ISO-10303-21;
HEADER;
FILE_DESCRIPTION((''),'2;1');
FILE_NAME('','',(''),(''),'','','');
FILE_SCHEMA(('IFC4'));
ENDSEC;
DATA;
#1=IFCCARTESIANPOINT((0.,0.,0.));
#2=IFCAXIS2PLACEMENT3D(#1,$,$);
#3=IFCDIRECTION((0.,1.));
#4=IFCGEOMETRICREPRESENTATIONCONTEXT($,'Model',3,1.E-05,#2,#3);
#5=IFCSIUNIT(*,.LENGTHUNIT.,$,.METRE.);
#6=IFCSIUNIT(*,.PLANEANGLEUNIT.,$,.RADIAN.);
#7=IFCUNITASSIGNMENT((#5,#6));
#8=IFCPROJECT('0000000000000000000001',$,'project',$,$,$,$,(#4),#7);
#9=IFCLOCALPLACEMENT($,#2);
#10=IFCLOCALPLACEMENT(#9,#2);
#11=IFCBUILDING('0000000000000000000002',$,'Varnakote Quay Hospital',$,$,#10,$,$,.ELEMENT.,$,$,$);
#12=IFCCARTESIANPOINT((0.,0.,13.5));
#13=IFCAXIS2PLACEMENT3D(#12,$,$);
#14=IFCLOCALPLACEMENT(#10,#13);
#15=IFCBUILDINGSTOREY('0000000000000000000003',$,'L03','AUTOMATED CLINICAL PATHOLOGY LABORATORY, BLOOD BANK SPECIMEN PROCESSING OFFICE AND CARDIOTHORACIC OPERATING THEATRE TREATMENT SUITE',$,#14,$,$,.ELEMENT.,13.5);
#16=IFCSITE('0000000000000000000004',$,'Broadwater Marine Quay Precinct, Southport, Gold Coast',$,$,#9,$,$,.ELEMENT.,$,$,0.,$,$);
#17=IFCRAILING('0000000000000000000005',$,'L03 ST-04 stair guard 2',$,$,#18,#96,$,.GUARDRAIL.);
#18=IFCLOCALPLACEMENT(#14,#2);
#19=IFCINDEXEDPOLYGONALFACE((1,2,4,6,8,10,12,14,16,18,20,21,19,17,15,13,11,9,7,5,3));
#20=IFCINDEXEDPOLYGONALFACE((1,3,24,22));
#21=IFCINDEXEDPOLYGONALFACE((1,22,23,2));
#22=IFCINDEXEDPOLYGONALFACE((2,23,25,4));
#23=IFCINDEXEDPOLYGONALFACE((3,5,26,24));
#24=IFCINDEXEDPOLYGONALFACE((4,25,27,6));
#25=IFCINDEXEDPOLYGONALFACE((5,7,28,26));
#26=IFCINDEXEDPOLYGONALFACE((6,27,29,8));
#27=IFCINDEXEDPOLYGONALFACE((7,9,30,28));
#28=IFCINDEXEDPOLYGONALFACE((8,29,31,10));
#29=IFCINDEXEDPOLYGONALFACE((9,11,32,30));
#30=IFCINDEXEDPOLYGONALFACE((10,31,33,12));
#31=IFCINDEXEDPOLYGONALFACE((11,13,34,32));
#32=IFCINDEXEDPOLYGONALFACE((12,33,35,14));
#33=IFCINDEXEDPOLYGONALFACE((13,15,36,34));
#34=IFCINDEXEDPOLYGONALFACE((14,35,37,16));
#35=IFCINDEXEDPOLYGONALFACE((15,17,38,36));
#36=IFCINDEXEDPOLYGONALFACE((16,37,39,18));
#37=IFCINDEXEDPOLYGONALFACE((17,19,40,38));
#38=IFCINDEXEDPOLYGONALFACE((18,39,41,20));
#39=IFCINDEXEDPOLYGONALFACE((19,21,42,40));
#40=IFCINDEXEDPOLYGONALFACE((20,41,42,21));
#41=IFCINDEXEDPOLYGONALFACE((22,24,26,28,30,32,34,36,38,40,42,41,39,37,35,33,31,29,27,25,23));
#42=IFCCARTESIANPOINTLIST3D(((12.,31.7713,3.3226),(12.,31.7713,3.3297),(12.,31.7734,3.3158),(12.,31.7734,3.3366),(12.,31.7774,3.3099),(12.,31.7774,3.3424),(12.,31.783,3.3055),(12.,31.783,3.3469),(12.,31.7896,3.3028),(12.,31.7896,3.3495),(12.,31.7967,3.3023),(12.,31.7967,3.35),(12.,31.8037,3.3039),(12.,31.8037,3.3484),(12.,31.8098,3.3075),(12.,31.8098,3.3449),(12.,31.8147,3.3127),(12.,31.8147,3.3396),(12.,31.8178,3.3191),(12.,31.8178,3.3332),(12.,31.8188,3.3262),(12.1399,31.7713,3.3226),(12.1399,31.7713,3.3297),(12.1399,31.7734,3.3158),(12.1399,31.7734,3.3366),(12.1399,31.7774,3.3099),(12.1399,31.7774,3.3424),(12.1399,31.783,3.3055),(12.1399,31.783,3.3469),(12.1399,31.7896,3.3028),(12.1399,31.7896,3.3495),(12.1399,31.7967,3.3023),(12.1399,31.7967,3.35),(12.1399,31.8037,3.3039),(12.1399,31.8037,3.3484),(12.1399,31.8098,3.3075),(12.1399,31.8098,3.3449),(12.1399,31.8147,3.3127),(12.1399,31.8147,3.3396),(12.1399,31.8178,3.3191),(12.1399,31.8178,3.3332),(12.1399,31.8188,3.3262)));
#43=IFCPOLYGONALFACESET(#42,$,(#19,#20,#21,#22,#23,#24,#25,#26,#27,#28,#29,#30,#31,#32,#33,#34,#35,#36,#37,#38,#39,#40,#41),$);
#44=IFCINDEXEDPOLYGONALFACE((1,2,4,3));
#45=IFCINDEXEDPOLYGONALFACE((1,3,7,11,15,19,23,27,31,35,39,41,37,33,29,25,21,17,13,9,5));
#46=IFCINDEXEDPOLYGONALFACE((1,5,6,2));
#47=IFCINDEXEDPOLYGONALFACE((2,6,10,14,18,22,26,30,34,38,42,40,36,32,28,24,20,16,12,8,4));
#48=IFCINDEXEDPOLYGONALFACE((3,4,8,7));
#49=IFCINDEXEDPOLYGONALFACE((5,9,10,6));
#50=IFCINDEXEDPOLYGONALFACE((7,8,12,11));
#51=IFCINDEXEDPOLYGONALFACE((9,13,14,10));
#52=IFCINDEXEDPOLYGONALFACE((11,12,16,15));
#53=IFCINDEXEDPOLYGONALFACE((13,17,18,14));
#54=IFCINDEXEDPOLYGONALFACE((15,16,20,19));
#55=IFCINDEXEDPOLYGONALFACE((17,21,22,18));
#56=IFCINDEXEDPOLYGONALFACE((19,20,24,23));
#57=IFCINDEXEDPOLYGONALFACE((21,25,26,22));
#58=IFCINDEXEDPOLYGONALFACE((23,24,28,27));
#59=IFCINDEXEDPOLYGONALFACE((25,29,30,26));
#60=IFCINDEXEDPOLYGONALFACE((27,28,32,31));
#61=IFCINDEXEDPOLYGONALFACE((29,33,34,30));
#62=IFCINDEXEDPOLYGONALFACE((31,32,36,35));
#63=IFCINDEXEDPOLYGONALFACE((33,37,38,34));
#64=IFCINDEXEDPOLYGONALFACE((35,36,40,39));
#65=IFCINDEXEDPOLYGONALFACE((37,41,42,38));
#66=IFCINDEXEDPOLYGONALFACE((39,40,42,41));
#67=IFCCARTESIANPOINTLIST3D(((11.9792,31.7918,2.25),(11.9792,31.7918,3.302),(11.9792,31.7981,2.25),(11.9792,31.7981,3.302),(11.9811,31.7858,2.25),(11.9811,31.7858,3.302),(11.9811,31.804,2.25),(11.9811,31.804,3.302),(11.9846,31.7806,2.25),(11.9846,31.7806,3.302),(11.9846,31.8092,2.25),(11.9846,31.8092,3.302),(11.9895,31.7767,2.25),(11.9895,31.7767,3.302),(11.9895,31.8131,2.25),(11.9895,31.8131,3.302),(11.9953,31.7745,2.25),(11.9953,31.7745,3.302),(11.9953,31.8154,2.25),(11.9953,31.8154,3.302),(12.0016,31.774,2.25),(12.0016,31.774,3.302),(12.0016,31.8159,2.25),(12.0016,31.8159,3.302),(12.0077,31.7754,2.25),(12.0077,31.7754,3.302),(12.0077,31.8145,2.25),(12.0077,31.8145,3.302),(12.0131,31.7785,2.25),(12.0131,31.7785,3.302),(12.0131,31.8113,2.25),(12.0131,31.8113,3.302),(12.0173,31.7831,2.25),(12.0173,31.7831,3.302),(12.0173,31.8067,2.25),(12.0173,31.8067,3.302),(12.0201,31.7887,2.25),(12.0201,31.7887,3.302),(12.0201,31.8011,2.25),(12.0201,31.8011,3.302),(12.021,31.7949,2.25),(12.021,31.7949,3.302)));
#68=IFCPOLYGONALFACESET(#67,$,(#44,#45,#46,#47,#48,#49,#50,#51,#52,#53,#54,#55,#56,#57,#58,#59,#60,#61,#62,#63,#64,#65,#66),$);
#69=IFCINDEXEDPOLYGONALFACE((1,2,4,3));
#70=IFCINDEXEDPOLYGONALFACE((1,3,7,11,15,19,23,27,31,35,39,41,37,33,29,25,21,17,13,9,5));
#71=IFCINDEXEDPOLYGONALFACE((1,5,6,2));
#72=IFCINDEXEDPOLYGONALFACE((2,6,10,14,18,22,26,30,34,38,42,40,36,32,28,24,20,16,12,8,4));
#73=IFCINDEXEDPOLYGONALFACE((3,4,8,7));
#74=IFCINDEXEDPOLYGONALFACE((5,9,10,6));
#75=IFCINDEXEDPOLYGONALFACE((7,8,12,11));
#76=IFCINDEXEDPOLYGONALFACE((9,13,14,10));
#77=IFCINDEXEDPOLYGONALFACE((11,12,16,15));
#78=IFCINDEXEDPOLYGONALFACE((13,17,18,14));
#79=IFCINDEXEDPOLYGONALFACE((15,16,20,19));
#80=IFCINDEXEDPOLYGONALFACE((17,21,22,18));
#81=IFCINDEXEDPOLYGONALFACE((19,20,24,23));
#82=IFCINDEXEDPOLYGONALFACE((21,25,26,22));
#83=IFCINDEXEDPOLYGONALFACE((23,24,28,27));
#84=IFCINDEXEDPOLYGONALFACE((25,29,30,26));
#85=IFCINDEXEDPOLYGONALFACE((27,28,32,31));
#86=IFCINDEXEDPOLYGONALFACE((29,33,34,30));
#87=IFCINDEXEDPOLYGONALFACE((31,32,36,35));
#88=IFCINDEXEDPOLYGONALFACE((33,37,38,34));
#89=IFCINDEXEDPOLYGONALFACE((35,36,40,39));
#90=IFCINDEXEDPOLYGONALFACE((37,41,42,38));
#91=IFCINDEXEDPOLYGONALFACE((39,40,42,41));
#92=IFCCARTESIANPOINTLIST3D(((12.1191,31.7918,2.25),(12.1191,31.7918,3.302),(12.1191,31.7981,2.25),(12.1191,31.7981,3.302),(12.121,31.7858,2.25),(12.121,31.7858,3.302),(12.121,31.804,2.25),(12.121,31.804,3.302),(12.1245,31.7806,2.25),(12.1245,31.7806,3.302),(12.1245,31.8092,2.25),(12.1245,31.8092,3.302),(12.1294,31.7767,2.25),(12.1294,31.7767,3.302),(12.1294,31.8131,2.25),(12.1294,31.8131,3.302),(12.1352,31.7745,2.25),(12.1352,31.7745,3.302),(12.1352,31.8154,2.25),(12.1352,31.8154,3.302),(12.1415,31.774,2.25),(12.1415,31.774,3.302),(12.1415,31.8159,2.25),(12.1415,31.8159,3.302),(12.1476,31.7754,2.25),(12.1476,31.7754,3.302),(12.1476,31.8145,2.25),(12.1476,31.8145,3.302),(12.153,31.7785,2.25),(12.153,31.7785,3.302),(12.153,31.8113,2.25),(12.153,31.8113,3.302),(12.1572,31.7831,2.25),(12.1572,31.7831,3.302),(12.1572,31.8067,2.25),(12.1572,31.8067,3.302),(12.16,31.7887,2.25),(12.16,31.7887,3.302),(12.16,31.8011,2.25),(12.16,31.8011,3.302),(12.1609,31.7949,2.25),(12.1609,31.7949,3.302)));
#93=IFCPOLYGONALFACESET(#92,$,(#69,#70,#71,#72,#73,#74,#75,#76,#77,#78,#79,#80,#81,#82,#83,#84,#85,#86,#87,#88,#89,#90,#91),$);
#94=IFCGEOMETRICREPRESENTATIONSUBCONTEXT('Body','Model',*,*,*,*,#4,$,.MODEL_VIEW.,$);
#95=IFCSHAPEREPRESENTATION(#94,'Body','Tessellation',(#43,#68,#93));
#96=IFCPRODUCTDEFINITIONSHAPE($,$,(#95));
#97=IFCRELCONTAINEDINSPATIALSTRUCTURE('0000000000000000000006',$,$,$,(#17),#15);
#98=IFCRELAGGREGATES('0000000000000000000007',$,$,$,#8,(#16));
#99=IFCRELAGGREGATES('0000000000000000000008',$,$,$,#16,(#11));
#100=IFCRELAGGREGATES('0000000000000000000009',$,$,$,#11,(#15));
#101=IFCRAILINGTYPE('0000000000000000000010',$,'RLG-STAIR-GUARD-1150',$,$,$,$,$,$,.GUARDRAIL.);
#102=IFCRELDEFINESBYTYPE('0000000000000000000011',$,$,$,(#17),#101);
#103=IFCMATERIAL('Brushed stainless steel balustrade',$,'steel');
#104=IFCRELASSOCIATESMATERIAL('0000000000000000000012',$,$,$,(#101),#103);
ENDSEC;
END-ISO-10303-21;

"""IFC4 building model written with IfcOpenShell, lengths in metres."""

from ifc_helpers import new_model, si_unit, direction, frame, origin, origin_2d, place, context, subcontext, project, spatial, circle, extrude, material, type_object, element, save


model = new_model("IFC4")

# Units and contexts
model_context = context("Model", 3, precision=1e-05, world=origin(), true_north=direction((0.0, 1.0)))
body_context = subcontext(model_context, "Body", "Model", "MODEL_VIEW")
ifc_project = project(units=[si_unit("LENGTHUNIT", "METRE"), si_unit("PLANEANGLEUNIT", "RADIAN")], contexts=[model_context])

# Site, building, storey
site_placement = place(None, origin())
site = spatial("IfcSite", under=ifc_project, at=site_placement, Name="Broadwater Marine Quay Precinct, Southport, Gold Coast", CompositionType="ELEMENT", RefElevation=0.0)
building_placement = place(site_placement, origin())
building = spatial("IfcBuilding", under=site, at=building_placement, Name="Varnakote Quay Hospital", CompositionType="ELEMENT")
storey_placement = place(building_placement, frame((0.0, 0.0, 13.5)))
storey = spatial("IfcBuildingStorey", under=building, at=storey_placement, Name="L03", Description="AUTOMATED CLINICAL PATHOLOGY LABORATORY, BLOOD BANK SPECIMEN PROCESSING OFFICE AND CARDIOTHORACIC OPERATING THEATRE TREATMENT SUITE", CompositionType="ELEMENT", Elevation=13.5)

# Railing
ifc_material_1 = material(Name="Brushed stainless steel balustrade", Category="steel")
railing_type_1 = type_object("IfcRailingType", Name="RLG-STAIR-GUARD-1150", PredefinedType="GUARDRAIL", material=ifc_material_1)
railing_1_placement = place(storey_placement, frame((12.0, 31.7949, 2.25)))
element("IfcRailing", 1, at=railing_1_placement, inside=storey, type_object=railing_type_1, Name="L03 ST-04 stair guard 2", PredefinedType="GUARDRAIL", context=body_context, shape_type="SweptSolid", body=[
    extrude(circle(Radius=0.0239, at=origin_2d()), frame((0.0, 0.0, 1.0762), z_axis=(1.0, 0.0, 0.0), x_axis=(0.0, 1.0, 0.0)), (0.0, 0.0, 1.0), 0.1399),
    extrude(circle(Radius=0.021, at=origin_2d()), origin(), (0.0, 0.0, 1.0), 1.052),
    extrude(circle(Radius=0.021, at=origin_2d()), frame((0.1399, 0.0, 0.0)), (0.0, 0.0, 1.0), 1.052),
])

save(model, "model.ifc")
